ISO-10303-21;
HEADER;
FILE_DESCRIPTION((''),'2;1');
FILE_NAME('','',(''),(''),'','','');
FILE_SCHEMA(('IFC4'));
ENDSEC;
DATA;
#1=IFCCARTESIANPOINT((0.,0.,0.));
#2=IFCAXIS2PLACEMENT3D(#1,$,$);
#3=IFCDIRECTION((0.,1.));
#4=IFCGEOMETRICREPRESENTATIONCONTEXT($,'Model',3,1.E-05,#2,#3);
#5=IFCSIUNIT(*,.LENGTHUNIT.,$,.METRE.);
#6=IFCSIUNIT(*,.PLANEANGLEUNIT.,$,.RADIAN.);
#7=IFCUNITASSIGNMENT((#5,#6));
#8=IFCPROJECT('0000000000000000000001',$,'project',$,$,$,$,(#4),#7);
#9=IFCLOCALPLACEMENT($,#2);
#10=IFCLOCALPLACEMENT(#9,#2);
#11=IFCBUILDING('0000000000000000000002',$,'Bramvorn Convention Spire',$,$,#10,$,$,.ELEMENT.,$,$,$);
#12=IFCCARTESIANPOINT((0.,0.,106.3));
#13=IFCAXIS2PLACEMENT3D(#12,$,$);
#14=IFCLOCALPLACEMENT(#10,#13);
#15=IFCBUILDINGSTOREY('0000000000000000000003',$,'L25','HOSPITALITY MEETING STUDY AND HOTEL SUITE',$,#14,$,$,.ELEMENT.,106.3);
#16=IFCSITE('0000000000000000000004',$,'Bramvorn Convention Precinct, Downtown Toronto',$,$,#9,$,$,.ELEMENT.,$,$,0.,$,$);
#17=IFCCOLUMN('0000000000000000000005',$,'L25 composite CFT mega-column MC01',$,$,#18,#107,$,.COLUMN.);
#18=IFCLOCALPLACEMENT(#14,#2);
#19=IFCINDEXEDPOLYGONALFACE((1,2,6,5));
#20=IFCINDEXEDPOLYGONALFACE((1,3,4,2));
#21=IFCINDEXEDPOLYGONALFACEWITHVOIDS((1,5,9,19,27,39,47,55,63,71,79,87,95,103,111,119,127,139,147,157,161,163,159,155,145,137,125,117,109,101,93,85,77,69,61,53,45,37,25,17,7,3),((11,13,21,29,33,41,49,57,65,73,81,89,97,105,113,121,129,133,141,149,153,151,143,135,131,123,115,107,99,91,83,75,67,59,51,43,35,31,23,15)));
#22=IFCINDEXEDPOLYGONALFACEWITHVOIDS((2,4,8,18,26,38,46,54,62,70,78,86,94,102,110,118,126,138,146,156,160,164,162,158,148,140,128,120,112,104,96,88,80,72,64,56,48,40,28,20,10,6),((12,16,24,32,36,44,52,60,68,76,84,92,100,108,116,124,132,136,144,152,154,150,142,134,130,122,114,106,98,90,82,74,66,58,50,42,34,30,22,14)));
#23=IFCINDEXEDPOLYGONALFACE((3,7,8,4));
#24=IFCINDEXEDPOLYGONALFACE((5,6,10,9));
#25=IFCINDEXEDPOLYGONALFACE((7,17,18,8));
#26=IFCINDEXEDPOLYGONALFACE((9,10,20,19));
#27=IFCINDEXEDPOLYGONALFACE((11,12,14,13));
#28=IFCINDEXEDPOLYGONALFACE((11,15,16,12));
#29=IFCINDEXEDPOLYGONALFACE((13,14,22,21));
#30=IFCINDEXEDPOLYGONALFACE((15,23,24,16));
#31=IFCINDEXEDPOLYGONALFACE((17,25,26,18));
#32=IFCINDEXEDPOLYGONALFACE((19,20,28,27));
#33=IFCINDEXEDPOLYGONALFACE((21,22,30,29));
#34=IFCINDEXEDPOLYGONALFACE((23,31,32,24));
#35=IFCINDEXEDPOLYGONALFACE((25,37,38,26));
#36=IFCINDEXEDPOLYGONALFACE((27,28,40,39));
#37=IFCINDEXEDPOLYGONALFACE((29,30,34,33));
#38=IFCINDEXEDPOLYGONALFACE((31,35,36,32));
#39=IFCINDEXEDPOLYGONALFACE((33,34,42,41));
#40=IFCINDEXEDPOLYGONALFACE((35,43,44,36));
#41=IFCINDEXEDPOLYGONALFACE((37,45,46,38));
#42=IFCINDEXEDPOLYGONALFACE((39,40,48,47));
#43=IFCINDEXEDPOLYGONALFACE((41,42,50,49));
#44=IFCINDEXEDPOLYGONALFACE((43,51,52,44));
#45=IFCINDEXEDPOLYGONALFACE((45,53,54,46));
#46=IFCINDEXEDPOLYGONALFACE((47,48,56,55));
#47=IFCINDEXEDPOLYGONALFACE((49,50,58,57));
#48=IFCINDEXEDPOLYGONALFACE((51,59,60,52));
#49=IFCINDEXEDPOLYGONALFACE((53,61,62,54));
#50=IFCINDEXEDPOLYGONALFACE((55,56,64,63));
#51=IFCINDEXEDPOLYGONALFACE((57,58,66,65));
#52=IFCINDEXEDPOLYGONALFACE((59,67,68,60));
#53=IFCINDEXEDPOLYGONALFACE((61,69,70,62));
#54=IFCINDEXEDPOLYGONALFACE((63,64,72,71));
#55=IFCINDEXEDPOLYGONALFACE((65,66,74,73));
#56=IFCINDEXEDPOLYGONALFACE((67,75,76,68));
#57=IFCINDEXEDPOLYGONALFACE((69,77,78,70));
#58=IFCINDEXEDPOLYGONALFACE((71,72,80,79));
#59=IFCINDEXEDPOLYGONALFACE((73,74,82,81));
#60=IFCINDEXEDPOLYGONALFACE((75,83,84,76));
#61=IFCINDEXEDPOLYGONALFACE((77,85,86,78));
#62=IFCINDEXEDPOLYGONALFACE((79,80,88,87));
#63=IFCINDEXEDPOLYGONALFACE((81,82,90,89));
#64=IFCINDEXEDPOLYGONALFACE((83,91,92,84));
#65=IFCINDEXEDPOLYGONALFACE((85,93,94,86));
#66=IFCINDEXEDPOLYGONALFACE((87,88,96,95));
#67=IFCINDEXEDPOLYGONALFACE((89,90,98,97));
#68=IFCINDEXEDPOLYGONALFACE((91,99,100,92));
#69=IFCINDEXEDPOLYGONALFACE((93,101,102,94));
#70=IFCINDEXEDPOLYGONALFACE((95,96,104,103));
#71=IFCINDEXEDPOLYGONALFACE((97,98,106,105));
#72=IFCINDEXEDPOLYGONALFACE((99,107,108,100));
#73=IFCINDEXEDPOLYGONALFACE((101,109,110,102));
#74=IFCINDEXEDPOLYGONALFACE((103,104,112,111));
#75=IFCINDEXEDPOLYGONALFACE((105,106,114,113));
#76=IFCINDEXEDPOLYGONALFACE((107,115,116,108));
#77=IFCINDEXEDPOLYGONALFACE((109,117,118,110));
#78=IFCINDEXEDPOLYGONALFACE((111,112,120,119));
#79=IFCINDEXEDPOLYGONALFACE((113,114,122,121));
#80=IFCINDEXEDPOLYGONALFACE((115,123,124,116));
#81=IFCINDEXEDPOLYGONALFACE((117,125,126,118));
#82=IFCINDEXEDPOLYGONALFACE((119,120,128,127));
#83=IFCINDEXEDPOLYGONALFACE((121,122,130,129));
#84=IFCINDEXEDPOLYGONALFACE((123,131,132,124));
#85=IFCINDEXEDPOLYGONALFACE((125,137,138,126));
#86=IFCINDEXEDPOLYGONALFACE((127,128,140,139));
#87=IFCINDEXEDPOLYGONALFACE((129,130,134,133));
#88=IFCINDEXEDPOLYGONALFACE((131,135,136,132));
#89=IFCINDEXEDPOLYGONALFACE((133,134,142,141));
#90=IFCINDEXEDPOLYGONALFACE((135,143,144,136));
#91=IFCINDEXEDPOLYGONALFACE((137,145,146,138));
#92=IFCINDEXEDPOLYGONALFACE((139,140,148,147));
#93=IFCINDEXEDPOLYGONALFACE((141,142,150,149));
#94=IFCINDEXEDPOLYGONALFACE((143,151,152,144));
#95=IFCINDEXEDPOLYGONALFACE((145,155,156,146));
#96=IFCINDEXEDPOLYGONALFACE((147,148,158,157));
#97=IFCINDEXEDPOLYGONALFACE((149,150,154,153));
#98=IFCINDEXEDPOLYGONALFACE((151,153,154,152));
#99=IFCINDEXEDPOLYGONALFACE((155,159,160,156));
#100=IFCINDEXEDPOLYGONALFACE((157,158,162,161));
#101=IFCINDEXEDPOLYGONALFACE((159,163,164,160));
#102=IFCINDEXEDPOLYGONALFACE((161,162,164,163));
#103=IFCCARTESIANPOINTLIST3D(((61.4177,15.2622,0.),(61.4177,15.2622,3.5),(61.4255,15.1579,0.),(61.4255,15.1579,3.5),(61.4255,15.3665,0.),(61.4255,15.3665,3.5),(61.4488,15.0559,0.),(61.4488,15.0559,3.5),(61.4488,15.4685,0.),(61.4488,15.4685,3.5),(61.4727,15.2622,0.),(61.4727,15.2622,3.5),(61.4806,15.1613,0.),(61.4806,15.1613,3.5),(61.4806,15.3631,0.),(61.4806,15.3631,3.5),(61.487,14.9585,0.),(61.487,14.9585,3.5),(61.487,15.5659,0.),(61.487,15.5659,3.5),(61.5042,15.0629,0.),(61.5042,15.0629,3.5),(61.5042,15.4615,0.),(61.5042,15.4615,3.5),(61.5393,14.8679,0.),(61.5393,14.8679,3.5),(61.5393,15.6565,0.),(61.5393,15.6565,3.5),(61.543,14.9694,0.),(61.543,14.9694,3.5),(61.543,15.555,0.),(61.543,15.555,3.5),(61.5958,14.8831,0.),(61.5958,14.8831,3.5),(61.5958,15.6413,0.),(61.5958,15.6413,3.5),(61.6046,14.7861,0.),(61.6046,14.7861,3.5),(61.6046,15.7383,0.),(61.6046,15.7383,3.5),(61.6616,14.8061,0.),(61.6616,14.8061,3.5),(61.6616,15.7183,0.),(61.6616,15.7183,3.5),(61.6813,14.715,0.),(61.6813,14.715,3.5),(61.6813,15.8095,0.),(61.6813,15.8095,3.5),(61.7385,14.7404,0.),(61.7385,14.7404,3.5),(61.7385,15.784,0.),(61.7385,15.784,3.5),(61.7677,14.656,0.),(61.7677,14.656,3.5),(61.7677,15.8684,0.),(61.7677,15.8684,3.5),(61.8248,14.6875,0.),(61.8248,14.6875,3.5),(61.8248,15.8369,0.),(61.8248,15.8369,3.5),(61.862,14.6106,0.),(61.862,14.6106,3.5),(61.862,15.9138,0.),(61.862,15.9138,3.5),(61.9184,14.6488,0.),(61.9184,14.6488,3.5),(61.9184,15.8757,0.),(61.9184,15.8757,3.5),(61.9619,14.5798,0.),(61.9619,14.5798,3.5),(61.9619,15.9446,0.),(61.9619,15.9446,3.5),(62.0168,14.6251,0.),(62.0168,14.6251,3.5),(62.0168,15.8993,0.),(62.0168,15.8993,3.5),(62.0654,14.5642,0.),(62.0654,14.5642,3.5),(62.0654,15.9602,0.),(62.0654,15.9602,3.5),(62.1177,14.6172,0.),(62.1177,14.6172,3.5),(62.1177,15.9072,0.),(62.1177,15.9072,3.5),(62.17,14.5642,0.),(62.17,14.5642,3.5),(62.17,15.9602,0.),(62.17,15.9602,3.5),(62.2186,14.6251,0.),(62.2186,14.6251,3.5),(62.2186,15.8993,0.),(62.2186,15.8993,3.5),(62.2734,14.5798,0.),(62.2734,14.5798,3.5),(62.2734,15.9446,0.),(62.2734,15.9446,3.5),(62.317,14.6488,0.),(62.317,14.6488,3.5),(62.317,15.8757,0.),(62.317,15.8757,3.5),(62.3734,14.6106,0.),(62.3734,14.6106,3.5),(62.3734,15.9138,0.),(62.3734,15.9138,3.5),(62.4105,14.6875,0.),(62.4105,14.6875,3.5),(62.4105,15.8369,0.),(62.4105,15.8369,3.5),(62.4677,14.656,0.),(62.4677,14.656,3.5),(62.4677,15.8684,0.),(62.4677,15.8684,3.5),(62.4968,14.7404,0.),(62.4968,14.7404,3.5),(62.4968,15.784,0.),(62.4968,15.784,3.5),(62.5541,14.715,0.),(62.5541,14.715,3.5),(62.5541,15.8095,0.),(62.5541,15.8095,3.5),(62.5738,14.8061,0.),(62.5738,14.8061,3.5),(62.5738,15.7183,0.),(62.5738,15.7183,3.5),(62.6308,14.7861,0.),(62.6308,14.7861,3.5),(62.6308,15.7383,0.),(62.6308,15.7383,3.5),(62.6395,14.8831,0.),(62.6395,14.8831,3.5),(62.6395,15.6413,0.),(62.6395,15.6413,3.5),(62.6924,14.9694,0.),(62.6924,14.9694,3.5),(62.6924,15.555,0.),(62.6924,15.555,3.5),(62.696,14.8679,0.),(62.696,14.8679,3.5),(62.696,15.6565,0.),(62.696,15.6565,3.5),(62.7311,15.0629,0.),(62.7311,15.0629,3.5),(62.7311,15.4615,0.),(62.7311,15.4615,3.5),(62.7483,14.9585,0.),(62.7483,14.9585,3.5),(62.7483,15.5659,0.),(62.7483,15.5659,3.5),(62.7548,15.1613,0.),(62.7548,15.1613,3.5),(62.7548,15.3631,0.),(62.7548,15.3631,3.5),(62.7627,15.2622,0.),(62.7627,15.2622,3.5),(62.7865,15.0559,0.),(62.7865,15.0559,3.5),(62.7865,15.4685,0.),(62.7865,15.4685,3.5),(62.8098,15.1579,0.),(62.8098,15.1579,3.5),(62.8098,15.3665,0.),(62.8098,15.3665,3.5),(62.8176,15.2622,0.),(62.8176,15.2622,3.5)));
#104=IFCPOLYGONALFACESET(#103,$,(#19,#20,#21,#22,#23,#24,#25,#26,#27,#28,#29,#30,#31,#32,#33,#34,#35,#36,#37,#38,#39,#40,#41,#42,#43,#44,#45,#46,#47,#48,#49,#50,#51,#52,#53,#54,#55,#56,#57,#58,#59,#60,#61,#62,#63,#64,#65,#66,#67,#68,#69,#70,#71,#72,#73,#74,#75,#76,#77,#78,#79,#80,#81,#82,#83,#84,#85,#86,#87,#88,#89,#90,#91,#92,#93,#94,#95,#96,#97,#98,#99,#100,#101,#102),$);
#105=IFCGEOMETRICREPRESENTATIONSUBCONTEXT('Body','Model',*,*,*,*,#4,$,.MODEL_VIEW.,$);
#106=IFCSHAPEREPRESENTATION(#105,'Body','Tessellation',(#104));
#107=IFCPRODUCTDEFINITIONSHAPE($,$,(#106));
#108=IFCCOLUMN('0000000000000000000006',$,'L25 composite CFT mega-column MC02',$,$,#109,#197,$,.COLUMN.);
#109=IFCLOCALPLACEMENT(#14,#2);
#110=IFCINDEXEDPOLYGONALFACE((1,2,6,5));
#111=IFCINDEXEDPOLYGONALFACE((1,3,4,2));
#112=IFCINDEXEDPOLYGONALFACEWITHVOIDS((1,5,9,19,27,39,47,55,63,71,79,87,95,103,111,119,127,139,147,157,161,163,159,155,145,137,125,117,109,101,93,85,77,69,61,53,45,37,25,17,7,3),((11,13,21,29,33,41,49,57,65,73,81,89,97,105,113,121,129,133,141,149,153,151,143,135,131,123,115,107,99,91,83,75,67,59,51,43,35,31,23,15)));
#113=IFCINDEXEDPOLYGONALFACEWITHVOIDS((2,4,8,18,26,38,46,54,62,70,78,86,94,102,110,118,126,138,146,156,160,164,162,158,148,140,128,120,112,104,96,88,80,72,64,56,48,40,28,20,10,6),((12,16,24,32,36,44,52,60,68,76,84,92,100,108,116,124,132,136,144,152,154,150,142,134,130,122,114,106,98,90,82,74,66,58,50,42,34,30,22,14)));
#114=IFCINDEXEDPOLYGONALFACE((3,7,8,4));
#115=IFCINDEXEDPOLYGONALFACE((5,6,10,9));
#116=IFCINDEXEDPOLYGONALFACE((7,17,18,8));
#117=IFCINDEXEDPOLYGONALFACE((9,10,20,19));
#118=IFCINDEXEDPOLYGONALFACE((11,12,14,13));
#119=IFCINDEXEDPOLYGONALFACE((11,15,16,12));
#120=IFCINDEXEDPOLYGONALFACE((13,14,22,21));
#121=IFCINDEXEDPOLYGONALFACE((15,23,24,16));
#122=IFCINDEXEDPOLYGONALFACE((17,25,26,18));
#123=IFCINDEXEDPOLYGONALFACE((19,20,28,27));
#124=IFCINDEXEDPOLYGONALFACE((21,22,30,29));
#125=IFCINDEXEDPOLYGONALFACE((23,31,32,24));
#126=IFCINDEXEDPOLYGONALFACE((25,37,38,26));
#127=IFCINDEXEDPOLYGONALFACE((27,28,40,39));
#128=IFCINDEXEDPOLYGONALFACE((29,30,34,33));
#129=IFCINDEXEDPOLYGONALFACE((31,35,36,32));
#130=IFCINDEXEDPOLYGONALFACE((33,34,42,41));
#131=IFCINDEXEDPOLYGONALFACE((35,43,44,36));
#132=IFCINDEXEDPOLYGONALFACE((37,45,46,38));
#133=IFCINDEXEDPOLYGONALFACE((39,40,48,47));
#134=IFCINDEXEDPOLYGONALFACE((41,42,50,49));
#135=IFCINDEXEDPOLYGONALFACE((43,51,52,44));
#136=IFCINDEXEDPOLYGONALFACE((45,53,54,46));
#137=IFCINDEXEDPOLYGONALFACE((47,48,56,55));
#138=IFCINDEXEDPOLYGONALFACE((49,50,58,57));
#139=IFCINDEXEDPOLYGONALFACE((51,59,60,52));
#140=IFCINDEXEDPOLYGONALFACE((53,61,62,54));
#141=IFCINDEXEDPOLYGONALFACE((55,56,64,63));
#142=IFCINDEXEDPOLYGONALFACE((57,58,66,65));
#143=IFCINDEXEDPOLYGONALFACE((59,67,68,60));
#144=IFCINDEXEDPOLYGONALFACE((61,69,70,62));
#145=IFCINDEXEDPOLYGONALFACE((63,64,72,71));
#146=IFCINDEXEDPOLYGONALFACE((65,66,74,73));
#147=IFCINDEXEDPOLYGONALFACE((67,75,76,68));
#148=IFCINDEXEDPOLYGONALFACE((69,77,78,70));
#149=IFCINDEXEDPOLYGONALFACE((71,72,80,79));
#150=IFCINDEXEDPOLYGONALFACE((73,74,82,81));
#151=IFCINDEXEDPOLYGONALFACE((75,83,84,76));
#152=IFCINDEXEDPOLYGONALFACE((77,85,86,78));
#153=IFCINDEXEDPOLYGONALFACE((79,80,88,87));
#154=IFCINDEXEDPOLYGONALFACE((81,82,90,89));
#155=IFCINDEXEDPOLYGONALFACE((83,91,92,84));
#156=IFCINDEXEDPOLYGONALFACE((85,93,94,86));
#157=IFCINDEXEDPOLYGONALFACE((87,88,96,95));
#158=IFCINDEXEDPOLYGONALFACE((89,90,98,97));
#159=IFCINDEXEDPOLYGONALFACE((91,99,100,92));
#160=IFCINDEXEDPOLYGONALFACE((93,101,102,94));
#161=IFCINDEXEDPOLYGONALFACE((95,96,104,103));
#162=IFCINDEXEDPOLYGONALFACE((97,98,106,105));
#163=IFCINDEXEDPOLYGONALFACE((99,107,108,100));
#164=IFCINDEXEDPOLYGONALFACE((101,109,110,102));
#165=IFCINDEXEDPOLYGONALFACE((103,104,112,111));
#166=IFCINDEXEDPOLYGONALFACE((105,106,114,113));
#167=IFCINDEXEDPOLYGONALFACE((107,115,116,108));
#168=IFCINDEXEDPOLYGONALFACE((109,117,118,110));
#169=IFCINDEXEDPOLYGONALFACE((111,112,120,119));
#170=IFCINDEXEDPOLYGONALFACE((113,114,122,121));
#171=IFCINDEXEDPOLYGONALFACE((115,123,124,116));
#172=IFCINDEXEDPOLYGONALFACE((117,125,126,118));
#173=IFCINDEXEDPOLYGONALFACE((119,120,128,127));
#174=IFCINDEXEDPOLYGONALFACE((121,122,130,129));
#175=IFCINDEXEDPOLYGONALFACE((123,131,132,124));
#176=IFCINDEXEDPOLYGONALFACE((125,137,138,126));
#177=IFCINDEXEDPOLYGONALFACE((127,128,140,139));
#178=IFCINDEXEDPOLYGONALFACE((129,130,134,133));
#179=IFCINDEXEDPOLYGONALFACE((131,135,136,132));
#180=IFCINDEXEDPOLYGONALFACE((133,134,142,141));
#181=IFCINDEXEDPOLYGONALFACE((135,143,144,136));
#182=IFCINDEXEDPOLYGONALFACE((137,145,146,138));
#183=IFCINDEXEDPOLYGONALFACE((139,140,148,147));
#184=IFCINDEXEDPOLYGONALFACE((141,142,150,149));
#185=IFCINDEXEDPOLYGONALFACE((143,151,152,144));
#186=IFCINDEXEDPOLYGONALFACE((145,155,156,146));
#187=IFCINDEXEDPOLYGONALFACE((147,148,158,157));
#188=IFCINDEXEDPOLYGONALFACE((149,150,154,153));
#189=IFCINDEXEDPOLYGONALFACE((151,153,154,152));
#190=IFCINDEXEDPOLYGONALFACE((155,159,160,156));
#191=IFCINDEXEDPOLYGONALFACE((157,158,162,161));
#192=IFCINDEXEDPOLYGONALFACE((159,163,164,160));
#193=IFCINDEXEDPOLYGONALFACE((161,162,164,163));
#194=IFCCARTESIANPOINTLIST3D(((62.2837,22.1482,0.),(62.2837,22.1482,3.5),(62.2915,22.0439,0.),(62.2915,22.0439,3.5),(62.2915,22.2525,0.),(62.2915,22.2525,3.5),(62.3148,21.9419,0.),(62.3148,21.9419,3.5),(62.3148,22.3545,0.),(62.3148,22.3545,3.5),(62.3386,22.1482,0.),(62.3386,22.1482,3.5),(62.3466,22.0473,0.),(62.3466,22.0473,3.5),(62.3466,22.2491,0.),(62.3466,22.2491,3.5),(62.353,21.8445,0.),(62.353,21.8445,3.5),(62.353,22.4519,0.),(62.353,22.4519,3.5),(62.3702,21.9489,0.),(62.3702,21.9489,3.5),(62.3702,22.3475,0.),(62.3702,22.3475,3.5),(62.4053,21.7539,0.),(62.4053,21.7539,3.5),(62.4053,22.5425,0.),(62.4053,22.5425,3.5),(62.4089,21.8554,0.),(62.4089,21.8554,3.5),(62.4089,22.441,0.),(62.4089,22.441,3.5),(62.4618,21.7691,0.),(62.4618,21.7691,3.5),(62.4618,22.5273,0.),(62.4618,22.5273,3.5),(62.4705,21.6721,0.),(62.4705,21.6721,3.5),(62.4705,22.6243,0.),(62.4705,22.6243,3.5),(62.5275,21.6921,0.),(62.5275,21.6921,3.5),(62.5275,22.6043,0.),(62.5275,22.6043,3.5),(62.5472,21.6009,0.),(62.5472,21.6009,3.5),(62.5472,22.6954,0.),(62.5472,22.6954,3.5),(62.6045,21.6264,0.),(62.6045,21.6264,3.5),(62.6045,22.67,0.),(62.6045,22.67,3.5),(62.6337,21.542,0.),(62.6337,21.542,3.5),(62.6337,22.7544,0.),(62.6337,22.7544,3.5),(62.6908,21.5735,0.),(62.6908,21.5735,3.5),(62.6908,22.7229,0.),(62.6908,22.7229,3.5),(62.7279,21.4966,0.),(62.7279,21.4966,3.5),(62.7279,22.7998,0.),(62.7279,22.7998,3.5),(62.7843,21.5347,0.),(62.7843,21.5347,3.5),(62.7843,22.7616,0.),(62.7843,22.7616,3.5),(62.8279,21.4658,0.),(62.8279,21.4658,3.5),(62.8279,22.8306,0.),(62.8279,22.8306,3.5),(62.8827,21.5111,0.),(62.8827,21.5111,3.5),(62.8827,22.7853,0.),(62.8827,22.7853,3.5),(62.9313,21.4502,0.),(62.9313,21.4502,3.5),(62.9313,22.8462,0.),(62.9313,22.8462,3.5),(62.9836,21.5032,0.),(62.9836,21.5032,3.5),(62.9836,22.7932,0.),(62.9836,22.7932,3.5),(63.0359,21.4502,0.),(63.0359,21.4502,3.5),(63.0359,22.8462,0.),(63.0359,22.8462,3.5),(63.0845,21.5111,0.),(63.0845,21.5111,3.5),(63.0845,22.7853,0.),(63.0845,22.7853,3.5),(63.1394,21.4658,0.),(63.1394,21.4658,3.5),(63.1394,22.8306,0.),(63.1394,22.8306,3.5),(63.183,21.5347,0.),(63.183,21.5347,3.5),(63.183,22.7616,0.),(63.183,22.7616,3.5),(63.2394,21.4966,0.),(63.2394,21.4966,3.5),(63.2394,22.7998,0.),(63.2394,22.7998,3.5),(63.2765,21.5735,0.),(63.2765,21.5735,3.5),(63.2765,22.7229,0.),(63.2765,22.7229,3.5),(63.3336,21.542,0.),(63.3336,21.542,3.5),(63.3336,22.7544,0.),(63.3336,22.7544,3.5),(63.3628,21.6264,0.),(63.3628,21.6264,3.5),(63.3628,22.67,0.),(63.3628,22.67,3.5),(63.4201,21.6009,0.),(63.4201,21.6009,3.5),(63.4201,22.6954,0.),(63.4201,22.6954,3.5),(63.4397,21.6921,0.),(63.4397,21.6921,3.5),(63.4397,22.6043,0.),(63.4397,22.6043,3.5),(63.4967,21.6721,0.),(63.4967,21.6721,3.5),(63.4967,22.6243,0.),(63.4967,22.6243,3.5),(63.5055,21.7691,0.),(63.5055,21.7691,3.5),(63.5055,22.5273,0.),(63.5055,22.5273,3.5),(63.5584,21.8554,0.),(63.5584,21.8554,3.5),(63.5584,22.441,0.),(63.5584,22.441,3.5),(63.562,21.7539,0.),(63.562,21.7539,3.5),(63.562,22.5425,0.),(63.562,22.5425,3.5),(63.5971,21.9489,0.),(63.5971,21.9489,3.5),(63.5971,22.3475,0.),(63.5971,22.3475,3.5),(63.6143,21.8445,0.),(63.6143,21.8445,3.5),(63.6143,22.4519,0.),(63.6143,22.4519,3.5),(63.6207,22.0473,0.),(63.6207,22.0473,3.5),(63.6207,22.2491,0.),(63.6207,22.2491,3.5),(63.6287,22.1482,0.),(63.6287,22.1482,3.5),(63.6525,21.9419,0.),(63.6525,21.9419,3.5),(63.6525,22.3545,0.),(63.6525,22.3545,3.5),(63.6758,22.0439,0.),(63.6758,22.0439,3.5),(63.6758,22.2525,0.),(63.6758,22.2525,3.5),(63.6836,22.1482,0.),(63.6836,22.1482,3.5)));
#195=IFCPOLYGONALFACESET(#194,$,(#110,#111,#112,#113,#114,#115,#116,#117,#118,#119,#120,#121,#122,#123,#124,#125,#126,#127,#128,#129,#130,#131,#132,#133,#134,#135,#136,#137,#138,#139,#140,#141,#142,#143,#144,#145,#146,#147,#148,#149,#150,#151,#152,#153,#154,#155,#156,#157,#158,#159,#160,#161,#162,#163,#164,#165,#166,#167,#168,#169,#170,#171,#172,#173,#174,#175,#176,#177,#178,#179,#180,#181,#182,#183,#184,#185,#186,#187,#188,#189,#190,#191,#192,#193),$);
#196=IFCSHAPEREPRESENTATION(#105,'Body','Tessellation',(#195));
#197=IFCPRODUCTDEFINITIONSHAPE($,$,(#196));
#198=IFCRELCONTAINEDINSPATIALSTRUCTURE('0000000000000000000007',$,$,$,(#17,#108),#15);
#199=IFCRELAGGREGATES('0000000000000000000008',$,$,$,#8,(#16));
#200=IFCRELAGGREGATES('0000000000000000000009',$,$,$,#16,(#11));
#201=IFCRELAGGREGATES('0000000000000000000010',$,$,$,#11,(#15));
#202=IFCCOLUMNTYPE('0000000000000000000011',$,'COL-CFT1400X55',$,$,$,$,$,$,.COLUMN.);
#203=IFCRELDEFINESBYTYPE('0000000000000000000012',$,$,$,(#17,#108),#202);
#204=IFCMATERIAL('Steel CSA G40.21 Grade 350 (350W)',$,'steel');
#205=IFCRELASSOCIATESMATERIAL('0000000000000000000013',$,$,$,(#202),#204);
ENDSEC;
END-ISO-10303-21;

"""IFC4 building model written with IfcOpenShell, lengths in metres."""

from ifc_helpers import new_model, si_unit, direction, frame, origin, origin_2d, place, context, subcontext, project, spatial, hollow_circle, extrude, material, material_profile, profile_set, type_object, element, save


model = new_model("IFC4")

# Units and contexts
model_context = context("Model", 3, precision=1e-05, world=origin(), true_north=direction((0.0, 1.0)))
body_context = subcontext(model_context, "Body", "Model", "MODEL_VIEW")
ifc_project = project(units=[si_unit("LENGTHUNIT", "METRE"), si_unit("PLANEANGLEUNIT", "RADIAN")], contexts=[model_context])

# Site, building, storey
site_placement = place(None, origin())
site = spatial("IfcSite", under=ifc_project, at=site_placement, Name="Bramvorn Convention Precinct, Downtown Toronto", CompositionType="ELEMENT", RefElevation=0.0)
building_placement = place(site_placement, origin())
building = spatial("IfcBuilding", under=site, at=building_placement, Name="Bramvorn Convention Spire", CompositionType="ELEMENT")
storey_placement = place(building_placement, frame((0.0, 0.0, 106.3)))
storey = spatial("IfcBuildingStorey", under=building, at=storey_placement, Name="L25", Description="HOSPITALITY MEETING STUDY AND HOTEL SUITE", CompositionType="ELEMENT", Elevation=106.3)

# Columns
ifc_material_1 = material(Name="Steel CSA G40.21 Grade 350 (350W)", Category="steel")
ifc_material_profile_1 = material_profile(ifc_material_1, hollow_circle(Radius=0.7, WallThickness=0.0549, at=origin_2d()))
ifc_profile_set_1 = profile_set([ifc_material_profile_1], Name="Steel CSA G40.21 Grade 350 (350W) - CFT1400X55")
column_type = type_object("IfcColumnType", Name="COL-CFT1400X55", PredefinedType="COLUMN", material=ifc_profile_set_1)
for number, where, z_axis, x_axis, name in (
    (1, (62.1177, 15.2622, 0.0), (0.0, 0.0, 1.0), (1.0, 0.0, 0.0), "L25 composite CFT mega-column MC01"),
    (2, (62.9836, 22.1482, 0.0), (0.0, 0.0, 1.0), (1.0, 0.0, 0.0), "L25 composite CFT mega-column MC02"),
):
    element("IfcColumn", number, at=place(storey_placement, frame(where, z_axis=z_axis, x_axis=x_axis)), inside=storey, type_object=column_type, Name=name, PredefinedType="COLUMN", context=body_context, shape_type="SweptSolid", body=[
        extrude(hollow_circle(Radius=0.7, WallThickness=0.0549, at=origin_2d()), origin(), (0.0, 0.0, 1.0), 3.5),
    ])

save(model, "model.ifc")
